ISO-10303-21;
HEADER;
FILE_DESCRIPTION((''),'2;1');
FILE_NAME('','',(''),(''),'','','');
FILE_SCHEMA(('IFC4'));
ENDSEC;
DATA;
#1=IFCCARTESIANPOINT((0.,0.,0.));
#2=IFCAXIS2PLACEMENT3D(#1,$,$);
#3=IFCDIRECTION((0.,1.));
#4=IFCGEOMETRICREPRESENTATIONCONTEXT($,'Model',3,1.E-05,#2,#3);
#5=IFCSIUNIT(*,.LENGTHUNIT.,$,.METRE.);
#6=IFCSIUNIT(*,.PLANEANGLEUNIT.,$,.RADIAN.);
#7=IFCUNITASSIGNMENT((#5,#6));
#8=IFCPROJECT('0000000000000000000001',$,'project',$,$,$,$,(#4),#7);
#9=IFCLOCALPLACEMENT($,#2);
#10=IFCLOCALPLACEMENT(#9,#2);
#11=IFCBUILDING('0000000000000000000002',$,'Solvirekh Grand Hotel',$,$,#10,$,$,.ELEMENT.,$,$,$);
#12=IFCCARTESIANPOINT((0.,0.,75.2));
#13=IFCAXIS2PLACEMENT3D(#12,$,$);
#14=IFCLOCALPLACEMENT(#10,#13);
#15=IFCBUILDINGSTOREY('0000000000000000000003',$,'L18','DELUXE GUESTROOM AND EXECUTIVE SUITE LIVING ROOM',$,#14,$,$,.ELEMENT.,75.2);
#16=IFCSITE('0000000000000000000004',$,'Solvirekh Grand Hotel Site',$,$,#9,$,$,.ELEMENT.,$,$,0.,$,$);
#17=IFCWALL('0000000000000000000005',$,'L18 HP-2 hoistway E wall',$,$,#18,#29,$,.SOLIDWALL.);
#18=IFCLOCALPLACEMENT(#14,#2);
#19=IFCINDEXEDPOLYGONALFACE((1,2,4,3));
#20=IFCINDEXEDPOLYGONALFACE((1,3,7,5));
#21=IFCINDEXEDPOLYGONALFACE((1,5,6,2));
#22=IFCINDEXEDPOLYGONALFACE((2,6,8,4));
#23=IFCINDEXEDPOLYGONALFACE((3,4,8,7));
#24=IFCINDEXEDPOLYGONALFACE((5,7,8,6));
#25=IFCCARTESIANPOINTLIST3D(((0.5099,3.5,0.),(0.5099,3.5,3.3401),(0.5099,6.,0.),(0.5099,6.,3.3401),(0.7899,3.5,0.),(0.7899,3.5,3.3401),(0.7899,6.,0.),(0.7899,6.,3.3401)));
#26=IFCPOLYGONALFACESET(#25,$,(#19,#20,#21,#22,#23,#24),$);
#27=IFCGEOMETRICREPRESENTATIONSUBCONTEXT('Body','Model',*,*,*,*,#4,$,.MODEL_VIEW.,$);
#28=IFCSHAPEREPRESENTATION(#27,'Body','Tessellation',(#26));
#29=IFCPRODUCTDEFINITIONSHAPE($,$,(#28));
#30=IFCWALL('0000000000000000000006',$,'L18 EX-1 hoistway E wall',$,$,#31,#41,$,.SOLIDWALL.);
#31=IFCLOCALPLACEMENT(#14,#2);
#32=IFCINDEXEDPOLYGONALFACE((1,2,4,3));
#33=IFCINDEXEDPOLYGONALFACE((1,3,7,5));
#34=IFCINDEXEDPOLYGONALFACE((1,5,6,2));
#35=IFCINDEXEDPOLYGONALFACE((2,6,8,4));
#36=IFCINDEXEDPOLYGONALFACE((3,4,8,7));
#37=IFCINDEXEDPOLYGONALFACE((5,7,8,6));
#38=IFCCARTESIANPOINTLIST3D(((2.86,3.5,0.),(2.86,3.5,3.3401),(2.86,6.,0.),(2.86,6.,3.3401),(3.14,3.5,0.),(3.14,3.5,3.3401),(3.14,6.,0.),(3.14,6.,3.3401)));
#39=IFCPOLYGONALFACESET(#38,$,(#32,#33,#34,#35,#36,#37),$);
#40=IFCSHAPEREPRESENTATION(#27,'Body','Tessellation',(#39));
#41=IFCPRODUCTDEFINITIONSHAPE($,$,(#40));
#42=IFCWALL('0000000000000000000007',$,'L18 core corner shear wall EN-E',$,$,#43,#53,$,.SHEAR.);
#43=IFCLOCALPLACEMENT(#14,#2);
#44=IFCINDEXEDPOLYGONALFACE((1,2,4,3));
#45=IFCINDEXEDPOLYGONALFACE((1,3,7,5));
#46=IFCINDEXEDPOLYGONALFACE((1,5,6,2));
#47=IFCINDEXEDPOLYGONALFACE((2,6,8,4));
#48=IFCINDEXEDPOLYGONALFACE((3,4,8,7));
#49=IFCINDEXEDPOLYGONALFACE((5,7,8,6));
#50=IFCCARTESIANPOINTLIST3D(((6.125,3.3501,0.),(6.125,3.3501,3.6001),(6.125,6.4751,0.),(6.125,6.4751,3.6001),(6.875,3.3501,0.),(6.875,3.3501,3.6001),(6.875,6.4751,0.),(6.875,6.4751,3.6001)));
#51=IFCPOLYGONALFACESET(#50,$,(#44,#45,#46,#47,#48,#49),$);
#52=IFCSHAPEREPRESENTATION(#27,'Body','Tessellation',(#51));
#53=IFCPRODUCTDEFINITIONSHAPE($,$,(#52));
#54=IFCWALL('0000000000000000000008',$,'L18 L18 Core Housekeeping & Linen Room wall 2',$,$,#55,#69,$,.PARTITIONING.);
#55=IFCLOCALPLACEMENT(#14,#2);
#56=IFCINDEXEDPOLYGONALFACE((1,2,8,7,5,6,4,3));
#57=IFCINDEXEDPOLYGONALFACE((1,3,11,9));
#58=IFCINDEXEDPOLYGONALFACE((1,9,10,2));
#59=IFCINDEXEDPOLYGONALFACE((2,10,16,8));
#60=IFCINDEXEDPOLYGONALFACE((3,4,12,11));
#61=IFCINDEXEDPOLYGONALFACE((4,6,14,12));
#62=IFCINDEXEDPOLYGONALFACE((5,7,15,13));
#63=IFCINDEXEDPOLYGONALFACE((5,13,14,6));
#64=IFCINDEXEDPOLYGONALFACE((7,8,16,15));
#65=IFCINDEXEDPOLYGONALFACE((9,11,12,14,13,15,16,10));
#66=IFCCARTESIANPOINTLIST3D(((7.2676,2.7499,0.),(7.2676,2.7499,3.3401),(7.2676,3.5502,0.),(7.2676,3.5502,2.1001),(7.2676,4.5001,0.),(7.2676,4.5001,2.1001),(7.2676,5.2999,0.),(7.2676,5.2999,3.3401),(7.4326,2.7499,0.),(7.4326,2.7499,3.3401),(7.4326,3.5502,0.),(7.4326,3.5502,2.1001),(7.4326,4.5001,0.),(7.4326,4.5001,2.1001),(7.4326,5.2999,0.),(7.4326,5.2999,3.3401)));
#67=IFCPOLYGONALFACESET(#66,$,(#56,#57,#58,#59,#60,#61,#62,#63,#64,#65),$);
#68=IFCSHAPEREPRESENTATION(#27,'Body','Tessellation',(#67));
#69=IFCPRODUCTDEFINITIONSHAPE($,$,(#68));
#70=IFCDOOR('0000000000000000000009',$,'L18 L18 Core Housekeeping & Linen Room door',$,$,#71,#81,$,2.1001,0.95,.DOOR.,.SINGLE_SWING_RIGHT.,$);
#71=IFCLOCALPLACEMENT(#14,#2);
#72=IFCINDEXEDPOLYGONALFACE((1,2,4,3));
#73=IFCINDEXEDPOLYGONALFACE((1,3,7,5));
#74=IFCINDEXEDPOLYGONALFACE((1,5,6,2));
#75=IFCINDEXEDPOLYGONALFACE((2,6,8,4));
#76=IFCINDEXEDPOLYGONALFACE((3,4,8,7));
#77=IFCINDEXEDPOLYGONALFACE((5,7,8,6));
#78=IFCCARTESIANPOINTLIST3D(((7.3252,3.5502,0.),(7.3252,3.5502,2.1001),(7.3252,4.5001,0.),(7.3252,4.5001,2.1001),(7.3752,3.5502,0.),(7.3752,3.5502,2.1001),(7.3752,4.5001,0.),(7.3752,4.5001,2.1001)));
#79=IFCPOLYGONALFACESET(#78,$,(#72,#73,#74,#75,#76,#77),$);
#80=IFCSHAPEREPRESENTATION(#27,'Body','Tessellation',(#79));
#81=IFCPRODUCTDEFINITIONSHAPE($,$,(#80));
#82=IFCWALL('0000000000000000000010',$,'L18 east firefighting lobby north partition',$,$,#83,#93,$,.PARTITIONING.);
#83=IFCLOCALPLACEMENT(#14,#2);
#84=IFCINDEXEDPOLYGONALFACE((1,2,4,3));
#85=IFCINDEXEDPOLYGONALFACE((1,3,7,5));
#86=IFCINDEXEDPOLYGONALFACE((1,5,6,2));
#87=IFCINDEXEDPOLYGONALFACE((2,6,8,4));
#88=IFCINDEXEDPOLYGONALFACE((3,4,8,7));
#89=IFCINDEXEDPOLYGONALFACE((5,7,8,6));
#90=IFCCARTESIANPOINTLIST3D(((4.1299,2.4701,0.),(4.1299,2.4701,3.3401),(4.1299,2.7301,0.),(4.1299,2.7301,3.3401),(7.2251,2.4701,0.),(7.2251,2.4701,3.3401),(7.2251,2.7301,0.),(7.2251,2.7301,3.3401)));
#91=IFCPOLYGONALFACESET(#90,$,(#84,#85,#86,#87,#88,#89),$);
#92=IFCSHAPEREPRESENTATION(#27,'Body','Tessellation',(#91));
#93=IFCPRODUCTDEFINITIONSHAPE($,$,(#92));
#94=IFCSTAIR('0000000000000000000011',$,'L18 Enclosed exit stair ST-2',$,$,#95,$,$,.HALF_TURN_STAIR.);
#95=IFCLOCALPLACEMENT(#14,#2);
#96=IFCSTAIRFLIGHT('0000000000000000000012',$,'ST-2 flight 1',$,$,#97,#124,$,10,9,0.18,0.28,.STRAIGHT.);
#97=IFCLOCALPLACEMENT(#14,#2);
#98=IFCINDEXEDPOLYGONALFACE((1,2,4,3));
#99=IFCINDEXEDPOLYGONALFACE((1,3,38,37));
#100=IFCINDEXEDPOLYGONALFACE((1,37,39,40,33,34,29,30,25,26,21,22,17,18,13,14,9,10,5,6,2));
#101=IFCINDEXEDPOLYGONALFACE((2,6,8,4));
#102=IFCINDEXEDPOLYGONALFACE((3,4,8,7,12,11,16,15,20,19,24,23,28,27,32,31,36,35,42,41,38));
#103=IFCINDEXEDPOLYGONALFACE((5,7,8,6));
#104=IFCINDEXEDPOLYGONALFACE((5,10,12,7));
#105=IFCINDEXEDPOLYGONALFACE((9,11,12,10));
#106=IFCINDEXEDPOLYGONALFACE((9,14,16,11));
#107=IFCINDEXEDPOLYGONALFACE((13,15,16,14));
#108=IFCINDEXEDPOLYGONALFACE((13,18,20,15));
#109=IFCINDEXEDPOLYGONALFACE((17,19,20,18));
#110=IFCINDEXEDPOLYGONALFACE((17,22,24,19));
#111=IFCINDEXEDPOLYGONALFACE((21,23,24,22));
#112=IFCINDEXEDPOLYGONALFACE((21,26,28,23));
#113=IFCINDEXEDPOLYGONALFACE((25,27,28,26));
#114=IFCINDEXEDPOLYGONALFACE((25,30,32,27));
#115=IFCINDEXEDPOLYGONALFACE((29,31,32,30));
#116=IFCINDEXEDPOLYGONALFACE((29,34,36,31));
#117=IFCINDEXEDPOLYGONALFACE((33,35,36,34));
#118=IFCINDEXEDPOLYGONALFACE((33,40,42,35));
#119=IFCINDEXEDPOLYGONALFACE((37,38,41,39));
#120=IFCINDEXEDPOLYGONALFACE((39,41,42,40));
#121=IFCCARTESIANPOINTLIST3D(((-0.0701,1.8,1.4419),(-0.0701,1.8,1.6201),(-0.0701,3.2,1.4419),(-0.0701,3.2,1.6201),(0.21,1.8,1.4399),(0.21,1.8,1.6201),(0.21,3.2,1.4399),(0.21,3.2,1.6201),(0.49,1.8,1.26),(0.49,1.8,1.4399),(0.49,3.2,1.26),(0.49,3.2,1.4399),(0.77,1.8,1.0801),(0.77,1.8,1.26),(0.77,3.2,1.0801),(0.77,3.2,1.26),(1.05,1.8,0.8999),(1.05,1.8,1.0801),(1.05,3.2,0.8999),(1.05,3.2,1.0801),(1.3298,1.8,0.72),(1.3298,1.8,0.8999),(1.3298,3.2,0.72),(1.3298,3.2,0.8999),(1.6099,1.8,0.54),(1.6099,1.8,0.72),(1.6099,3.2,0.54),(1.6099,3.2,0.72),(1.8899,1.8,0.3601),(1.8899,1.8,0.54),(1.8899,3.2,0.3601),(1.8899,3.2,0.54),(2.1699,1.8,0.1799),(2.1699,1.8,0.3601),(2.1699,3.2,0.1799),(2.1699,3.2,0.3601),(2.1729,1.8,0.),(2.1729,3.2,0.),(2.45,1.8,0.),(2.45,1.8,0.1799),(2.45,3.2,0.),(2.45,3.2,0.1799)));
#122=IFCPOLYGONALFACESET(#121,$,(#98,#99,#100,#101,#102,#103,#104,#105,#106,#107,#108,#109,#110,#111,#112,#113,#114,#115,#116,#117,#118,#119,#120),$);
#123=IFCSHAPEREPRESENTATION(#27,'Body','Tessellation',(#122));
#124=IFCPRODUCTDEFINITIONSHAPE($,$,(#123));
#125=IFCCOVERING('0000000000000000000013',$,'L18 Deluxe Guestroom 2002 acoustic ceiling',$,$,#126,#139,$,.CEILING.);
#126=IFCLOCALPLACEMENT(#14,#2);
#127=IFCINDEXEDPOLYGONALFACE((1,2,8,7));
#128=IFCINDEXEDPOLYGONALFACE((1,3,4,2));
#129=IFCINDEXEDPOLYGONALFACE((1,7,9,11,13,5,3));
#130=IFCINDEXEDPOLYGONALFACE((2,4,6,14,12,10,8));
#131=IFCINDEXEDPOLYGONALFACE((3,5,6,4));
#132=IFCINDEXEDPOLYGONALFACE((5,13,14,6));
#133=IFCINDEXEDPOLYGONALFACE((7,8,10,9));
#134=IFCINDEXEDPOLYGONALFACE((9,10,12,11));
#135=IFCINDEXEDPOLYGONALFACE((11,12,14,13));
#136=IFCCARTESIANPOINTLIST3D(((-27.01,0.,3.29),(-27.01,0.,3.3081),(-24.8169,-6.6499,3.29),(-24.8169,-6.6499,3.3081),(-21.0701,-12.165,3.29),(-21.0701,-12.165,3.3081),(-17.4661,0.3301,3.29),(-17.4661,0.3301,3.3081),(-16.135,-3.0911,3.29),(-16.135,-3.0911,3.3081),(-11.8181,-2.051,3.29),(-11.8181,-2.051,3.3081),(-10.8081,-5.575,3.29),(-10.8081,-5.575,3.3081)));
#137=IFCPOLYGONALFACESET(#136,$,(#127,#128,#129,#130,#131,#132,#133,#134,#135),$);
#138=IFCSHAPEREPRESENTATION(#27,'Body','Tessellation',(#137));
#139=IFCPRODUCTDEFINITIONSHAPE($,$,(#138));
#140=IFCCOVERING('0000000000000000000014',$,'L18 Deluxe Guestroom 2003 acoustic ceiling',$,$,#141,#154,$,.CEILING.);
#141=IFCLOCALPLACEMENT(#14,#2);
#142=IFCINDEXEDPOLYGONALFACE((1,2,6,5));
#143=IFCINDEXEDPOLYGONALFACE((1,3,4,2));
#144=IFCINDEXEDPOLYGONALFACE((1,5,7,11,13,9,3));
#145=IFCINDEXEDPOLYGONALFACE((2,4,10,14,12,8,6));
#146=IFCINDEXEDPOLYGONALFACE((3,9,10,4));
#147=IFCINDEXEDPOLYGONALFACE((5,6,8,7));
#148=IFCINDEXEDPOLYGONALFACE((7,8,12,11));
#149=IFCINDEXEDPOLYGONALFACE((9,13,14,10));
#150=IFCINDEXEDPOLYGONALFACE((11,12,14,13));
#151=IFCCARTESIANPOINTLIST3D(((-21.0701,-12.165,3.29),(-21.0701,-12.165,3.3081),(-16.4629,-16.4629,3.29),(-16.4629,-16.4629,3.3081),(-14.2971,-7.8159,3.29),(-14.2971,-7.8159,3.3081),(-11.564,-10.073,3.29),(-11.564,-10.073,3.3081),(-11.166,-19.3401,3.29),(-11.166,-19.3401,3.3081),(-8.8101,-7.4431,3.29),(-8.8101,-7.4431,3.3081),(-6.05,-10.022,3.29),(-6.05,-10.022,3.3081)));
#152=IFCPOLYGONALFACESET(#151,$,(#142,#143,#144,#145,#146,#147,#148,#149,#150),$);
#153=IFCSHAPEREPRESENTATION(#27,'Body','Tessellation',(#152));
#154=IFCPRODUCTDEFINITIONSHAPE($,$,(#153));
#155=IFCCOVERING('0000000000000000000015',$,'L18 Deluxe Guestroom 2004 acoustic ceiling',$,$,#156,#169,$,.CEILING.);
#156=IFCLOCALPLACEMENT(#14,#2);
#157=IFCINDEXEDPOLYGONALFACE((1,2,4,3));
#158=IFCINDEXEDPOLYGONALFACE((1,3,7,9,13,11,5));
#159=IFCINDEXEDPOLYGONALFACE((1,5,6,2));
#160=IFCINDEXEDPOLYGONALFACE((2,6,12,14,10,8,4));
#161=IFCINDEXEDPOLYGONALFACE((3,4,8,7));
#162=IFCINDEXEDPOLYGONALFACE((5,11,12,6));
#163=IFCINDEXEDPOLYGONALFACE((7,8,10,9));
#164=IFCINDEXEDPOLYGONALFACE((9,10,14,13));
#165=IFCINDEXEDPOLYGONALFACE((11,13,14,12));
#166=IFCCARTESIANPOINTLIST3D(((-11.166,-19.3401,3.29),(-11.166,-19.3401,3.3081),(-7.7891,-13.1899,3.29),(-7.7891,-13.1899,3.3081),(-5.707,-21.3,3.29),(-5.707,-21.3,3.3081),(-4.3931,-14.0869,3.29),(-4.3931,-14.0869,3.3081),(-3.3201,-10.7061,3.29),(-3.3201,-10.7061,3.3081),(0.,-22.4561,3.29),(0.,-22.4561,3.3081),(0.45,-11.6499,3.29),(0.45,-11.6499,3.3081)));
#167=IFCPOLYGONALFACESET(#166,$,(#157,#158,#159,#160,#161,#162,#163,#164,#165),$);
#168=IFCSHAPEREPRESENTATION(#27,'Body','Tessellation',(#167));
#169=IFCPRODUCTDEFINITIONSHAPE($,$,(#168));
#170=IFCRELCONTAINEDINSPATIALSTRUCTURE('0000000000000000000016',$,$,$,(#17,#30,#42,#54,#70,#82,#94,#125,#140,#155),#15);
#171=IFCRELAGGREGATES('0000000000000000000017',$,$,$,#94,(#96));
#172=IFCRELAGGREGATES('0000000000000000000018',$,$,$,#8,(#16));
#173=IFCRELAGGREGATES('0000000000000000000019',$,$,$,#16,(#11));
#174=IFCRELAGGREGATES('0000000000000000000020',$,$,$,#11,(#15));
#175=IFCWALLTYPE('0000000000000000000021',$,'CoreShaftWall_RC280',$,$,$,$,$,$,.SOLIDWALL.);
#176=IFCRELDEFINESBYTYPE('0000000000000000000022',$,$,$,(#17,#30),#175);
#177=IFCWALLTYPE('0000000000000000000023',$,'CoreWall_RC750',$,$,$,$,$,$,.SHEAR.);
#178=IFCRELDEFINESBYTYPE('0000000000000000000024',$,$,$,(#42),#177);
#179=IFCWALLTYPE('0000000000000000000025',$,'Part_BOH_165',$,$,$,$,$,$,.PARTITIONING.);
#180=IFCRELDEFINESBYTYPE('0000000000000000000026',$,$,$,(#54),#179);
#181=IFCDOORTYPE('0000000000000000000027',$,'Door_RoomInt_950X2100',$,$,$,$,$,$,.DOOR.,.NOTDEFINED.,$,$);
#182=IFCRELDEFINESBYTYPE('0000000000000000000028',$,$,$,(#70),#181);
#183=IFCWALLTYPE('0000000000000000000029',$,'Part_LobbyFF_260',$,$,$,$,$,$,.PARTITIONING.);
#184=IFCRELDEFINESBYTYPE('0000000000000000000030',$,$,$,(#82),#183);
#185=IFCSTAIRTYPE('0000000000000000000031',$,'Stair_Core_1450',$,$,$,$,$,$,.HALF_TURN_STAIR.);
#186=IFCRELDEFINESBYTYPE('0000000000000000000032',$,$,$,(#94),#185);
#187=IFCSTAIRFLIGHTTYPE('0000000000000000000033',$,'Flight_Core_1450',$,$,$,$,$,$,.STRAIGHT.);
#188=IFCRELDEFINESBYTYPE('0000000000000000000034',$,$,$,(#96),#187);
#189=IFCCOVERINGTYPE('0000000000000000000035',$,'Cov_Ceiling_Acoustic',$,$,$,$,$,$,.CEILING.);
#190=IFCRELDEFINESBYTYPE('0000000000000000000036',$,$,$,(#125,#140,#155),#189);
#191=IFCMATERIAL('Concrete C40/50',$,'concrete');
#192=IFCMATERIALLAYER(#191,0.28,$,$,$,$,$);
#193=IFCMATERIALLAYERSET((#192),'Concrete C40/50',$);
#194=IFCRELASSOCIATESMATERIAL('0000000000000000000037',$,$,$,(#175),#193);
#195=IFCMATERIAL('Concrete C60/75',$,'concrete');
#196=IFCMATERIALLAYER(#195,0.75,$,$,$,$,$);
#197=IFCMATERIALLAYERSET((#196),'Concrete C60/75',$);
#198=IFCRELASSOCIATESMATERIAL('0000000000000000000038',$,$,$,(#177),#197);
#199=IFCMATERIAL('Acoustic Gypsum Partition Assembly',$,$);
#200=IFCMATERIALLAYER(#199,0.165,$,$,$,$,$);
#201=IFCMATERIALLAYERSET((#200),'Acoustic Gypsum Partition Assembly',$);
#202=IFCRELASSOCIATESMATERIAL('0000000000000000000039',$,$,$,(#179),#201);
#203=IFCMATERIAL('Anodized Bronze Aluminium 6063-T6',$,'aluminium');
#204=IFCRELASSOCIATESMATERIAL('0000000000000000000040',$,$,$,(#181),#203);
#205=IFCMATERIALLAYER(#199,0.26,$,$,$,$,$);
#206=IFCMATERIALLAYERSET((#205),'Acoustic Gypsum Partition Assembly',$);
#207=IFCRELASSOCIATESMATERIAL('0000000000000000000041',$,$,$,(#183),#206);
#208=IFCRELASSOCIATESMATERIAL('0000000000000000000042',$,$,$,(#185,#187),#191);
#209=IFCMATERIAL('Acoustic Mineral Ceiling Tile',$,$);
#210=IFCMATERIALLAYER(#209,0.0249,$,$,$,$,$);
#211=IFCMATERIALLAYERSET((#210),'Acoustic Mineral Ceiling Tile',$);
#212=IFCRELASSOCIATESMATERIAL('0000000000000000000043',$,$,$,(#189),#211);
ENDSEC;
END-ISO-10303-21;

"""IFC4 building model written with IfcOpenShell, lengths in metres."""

from ifc_helpers import new_model, si_unit, direction, frame, frame_2d, origin, place, context, subcontext, project, spatial, polyline, rectangle, outline, extrude, material, layer, layer_set, type_object, element, fill, aggregate, save


model = new_model("IFC4")

# Units and contexts
model_context = context("Model", 3, precision=1e-05, world=origin(), true_north=direction((0.0, 1.0)))
body_context = subcontext(model_context, "Body", "Model", "MODEL_VIEW")
ifc_project = project(units=[si_unit("LENGTHUNIT", "METRE"), si_unit("PLANEANGLEUNIT", "RADIAN")], contexts=[model_context])

# Site, building, storey
site_placement = place(None, origin())
site = spatial("IfcSite", under=ifc_project, at=site_placement, Name="Solvirekh Grand Hotel Site", CompositionType="ELEMENT", RefElevation=0.0)
building_placement = place(site_placement, origin())
building = spatial("IfcBuilding", under=site, at=building_placement, Name="Solvirekh Grand Hotel", CompositionType="ELEMENT")
storey_placement = place(building_placement, frame((0.0, 0.0, 75.2)))
storey = spatial("IfcBuildingStorey", under=building, at=storey_placement, Name="L18", Description="DELUXE GUESTROOM AND EXECUTIVE SUITE LIVING ROOM", CompositionType="ELEMENT", Elevation=75.2)

# Walls
ifc_material_1 = material(Name="Concrete C40/50", Category="concrete")
ifc_layer_1 = layer(ifc_material_1, 0.28)
ifc_layer_set_1 = layer_set([ifc_layer_1], Name="Concrete C40/50")
wall_type_1 = type_object("IfcWallType", Name="CoreShaftWall_RC280", PredefinedType="SOLIDWALL", material=ifc_layer_set_1)
for number, where, z_axis, x_axis, name in (
    (1, (0.6499, 3.5, 0.0), (0.0, 0.0, 1.0), (0.0, 1.0, 0.0), "L18 HP-2 hoistway E wall"),
    (2, (3.0, 3.5, 0.0), (0.0, 0.0, 1.0), (0.0, 1.0, 0.0), "L18 EX-1 hoistway E wall"),
):
    element("IfcWall", number, at=place(storey_placement, frame(where, z_axis=z_axis, x_axis=x_axis)), inside=storey, type_object=wall_type_1, Name=name, PredefinedType="SOLIDWALL", context=body_context, shape_type="SweptSolid", body=[
        extrude(rectangle(XDim=2.5, YDim=0.28, at=frame_2d((1.25, 0.0))), origin(), (0.0, 0.0, 1.0), 3.3401),
    ])
ifc_material_2 = material(Name="Concrete C60/75", Category="concrete")
ifc_layer_2 = layer(ifc_material_2, 0.75)
ifc_layer_set_2 = layer_set([ifc_layer_2], Name="Concrete C60/75")
wall_type_2 = type_object("IfcWallType", Name="CoreWall_RC750", PredefinedType="SHEAR", material=ifc_layer_set_2)
wall_1_placement = place(storey_placement, frame((6.5, 3.3501, 0.0), z_axis=(0.0, 0.0, 1.0), x_axis=(0.0, 1.0, 0.0)))
element("IfcWall", 3, at=wall_1_placement, inside=storey, type_object=wall_type_2, Name="L18 core corner shear wall EN-E", PredefinedType="SHEAR", context=body_context, shape_type="SweptSolid", body=[
    extrude(rectangle(XDim=3.125, YDim=0.75, at=frame_2d((1.5625, 0.0))), origin(), (0.0, 0.0, 1.0), 3.6001),
])

# Wall, opening, door
ifc_material_3 = material(Name="Acoustic Gypsum Partition Assembly")
ifc_layer_3 = layer(ifc_material_3, 0.165)
ifc_layer_set_3 = layer_set([ifc_layer_3], Name="Acoustic Gypsum Partition Assembly")
wall_type_3 = type_object("IfcWallType", Name="Part_BOH_165", PredefinedType="PARTITIONING", material=ifc_layer_set_3)
wall_2_placement = place(storey_placement, frame((7.3501, 2.75, 0.0), z_axis=(0.0, 0.0, 1.0), x_axis=(0.0, 1.0, 0.0)))
wall_2 = element("IfcWall", 4, at=wall_2_placement, inside=storey, type_object=wall_type_3, Name="L18 L18 Core Housekeeping & Linen Room wall 2", PredefinedType="PARTITIONING", context=body_context, shape_type="SweptSolid", body=[
    extrude(rectangle(XDim=2.55, YDim=0.165, at=frame_2d((1.2749, 0.0))), origin(), (0.0, 0.0, 1.0), 3.3401),
])
opening_placement = place(wall_2_placement, frame((0.8, 0.0, 0.0)))
opening = element("IfcOpeningElement", 5, at=opening_placement, cuts=wall_2, PredefinedType="OPENING", context=body_context, shape_type="SweptSolid", body=[
    extrude(rectangle(XDim=0.95, YDim=2.1001, at=frame_2d((0.4751, 1.05))), frame((0.0, 0.0925, 0.0), z_axis=(0.0, -1.0, 0.0), x_axis=(1.0, 0.0, 0.0)), (0.0, 0.0, 1.0), 0.1851),
])
ifc_material_4 = material(Name="Anodized Bronze Aluminium 6063-T6", Category="aluminium")
door_type = type_object("IfcDoorType", Name="Door_RoomInt_950X2100", OperationType="NOTDEFINED", PredefinedType="DOOR", material=ifc_material_4)
door_placement = place(opening_placement, origin())
door = element("IfcDoor", 6, at=door_placement, inside=storey, type_object=door_type, Name="L18 L18 Core Housekeeping & Linen Room door", OperationType="SINGLE_SWING_RIGHT", OverallHeight=2.1001, OverallWidth=0.95, PredefinedType="DOOR", context=body_context, shape_type="SweptSolid", body=[
    extrude(rectangle(XDim=0.95, YDim=2.1001, at=frame_2d((0.4751, 1.05))), frame((0.0, 0.0249, 0.0), z_axis=(0.0, -1.0, 0.0), x_axis=(1.0, 0.0, 0.0)), (0.0, 0.0, 1.0), 0.05),
])
fill(opening, door)

# Wall
ifc_layer_4 = layer(ifc_material_3, 0.26)
ifc_layer_set_4 = layer_set([ifc_layer_4], Name="Acoustic Gypsum Partition Assembly")
wall_type_4 = type_object("IfcWallType", Name="Part_LobbyFF_260", PredefinedType="PARTITIONING", material=ifc_layer_set_4)
wall_3_placement = place(storey_placement, frame((4.1299, 2.6001, 0.0), z_axis=(0.0, 0.0, 1.0), x_axis=(1.0, 0.0, 0.0)))
element("IfcWall", 7, at=wall_3_placement, inside=storey, type_object=wall_type_4, Name="L18 east firefighting lobby north partition", PredefinedType="PARTITIONING", context=body_context, shape_type="SweptSolid", body=[
    extrude(rectangle(XDim=3.0952, YDim=0.26, at=frame_2d((1.5476, 0.0))), origin(), (0.0, 0.0, 1.0), 3.3401),
])

# Stair, stair flight
stair_type = type_object("IfcStairType", Name="Stair_Core_1450", PredefinedType="HALF_TURN_STAIR", material=ifc_material_1)
stair_placement = place(storey_placement, origin())
stair = element("IfcStair", 8, at=stair_placement, inside=storey, type_object=stair_type, Name="L18 Enclosed exit stair ST-2", PredefinedType="HALF_TURN_STAIR")
stair_flight_type = type_object("IfcStairFlightType", Name="Flight_Core_1450", PredefinedType="STRAIGHT", material=ifc_material_1)
stair_flight_placement = place(storey_placement, frame((2.45, 2.5, 0.0), z_axis=(0.0, 0.0, 1.0), x_axis=(-1.0, 0.0, 0.0)))
stair_flight = element("IfcStairFlight", 9, at=stair_flight_placement, type_object=stair_flight_type, Name="ST-2 flight 1", NumberOfRisers=10, NumberOfTreads=9, PredefinedType="STRAIGHT", RiserHeight=0.18, TreadLength=0.28, context=body_context, shape_type="SweptSolid", body=[
    extrude(outline(polyline([(0.0, 0.0), (0.0, 0.1799), (0.28, 0.1799), (0.28, 0.3601), (0.5601, 0.3601), (0.5601, 0.54), (0.8401, 0.54), (0.8401, 0.72), (1.1201, 0.72), (1.1201, 0.8999), (1.3999, 0.8999), (1.3999, 1.0801), (1.6799, 1.0801), (1.6799, 1.26), (1.96, 1.26), (1.96, 1.4399), (2.24, 1.4399), (2.24, 1.6201), (2.52, 1.6201), (2.52, 1.8), (2.52, 1.4419), (0.2771, 0.0), (0.0, 0.0)])), frame((0.0, 0.7, 0.0), z_axis=(0.0, -1.0, 0.0), x_axis=(1.0, 0.0, 0.0)), (0.0, 0.0, 1.0), 1.3999),
])
aggregate(stair, [stair_flight])

# Coverings
ifc_material_5 = material(Name="Acoustic Mineral Ceiling Tile")
ifc_layer_5 = layer(ifc_material_5, 0.0249)
ifc_layer_set_5 = layer_set([ifc_layer_5], Name="Acoustic Mineral Ceiling Tile")
covering_type_1 = type_object("IfcCoveringType", Name="Cov_Ceiling_Acoustic", PredefinedType="CEILING", material=ifc_layer_set_5)
covering_1_placement = place(storey_placement, frame((0.0, 0.0, 3.29)))
element("IfcCovering", 10, at=covering_1_placement, inside=storey, type_object=covering_type_1, Name="L18 Deluxe Guestroom 2002 acoustic ceiling", PredefinedType="CEILING", context=body_context, shape_type="SweptSolid", body=[
    extrude(outline(polyline([(-16.135, -3.0911), (-17.4661, 0.3301), (-27.01, 0.0), (-24.8169, -6.6499), (-21.0701, -12.165), (-10.8081, -5.575), (-11.8181, -2.051), (-16.135, -3.0911)])), origin(), (0.0, 0.0, 1.0), 0.0181),
])
covering_2_placement = place(storey_placement, frame((0.0, 0.0, 3.29)))
element("IfcCovering", 11, at=covering_2_placement, inside=storey, type_object=covering_type_1, Name="L18 Deluxe Guestroom 2003 acoustic ceiling", PredefinedType="CEILING", context=body_context, shape_type="SweptSolid", body=[
    extrude(outline(polyline([(-11.564, -10.073), (-14.2971, -7.8159), (-21.0701, -12.165), (-16.4629, -16.4629), (-11.166, -19.3401), (-6.05, -10.022), (-8.8101, -7.4431), (-11.564, -10.073)])), origin(), (0.0, 0.0, 1.0), 0.0181),
])
covering_3_placement = place(storey_placement, frame((0.0, 0.0, 3.29)))
element("IfcCovering", 12, at=covering_3_placement, inside=storey, type_object=covering_type_1, Name="L18 Deluxe Guestroom 2004 acoustic ceiling", PredefinedType="CEILING", context=body_context, shape_type="SweptSolid", body=[
    extrude(outline(polyline([(-4.3931, -14.0869), (-7.7891, -13.1899), (-11.166, -19.3401), (-5.707, -21.3), (0.0, -22.4561), (0.45, -11.6499), (-3.3201, -10.7061), (-4.3931, -14.0869)])), origin(), (0.0, 0.0, 1.0), 0.0181),
])

save(model, "model.ifc")
